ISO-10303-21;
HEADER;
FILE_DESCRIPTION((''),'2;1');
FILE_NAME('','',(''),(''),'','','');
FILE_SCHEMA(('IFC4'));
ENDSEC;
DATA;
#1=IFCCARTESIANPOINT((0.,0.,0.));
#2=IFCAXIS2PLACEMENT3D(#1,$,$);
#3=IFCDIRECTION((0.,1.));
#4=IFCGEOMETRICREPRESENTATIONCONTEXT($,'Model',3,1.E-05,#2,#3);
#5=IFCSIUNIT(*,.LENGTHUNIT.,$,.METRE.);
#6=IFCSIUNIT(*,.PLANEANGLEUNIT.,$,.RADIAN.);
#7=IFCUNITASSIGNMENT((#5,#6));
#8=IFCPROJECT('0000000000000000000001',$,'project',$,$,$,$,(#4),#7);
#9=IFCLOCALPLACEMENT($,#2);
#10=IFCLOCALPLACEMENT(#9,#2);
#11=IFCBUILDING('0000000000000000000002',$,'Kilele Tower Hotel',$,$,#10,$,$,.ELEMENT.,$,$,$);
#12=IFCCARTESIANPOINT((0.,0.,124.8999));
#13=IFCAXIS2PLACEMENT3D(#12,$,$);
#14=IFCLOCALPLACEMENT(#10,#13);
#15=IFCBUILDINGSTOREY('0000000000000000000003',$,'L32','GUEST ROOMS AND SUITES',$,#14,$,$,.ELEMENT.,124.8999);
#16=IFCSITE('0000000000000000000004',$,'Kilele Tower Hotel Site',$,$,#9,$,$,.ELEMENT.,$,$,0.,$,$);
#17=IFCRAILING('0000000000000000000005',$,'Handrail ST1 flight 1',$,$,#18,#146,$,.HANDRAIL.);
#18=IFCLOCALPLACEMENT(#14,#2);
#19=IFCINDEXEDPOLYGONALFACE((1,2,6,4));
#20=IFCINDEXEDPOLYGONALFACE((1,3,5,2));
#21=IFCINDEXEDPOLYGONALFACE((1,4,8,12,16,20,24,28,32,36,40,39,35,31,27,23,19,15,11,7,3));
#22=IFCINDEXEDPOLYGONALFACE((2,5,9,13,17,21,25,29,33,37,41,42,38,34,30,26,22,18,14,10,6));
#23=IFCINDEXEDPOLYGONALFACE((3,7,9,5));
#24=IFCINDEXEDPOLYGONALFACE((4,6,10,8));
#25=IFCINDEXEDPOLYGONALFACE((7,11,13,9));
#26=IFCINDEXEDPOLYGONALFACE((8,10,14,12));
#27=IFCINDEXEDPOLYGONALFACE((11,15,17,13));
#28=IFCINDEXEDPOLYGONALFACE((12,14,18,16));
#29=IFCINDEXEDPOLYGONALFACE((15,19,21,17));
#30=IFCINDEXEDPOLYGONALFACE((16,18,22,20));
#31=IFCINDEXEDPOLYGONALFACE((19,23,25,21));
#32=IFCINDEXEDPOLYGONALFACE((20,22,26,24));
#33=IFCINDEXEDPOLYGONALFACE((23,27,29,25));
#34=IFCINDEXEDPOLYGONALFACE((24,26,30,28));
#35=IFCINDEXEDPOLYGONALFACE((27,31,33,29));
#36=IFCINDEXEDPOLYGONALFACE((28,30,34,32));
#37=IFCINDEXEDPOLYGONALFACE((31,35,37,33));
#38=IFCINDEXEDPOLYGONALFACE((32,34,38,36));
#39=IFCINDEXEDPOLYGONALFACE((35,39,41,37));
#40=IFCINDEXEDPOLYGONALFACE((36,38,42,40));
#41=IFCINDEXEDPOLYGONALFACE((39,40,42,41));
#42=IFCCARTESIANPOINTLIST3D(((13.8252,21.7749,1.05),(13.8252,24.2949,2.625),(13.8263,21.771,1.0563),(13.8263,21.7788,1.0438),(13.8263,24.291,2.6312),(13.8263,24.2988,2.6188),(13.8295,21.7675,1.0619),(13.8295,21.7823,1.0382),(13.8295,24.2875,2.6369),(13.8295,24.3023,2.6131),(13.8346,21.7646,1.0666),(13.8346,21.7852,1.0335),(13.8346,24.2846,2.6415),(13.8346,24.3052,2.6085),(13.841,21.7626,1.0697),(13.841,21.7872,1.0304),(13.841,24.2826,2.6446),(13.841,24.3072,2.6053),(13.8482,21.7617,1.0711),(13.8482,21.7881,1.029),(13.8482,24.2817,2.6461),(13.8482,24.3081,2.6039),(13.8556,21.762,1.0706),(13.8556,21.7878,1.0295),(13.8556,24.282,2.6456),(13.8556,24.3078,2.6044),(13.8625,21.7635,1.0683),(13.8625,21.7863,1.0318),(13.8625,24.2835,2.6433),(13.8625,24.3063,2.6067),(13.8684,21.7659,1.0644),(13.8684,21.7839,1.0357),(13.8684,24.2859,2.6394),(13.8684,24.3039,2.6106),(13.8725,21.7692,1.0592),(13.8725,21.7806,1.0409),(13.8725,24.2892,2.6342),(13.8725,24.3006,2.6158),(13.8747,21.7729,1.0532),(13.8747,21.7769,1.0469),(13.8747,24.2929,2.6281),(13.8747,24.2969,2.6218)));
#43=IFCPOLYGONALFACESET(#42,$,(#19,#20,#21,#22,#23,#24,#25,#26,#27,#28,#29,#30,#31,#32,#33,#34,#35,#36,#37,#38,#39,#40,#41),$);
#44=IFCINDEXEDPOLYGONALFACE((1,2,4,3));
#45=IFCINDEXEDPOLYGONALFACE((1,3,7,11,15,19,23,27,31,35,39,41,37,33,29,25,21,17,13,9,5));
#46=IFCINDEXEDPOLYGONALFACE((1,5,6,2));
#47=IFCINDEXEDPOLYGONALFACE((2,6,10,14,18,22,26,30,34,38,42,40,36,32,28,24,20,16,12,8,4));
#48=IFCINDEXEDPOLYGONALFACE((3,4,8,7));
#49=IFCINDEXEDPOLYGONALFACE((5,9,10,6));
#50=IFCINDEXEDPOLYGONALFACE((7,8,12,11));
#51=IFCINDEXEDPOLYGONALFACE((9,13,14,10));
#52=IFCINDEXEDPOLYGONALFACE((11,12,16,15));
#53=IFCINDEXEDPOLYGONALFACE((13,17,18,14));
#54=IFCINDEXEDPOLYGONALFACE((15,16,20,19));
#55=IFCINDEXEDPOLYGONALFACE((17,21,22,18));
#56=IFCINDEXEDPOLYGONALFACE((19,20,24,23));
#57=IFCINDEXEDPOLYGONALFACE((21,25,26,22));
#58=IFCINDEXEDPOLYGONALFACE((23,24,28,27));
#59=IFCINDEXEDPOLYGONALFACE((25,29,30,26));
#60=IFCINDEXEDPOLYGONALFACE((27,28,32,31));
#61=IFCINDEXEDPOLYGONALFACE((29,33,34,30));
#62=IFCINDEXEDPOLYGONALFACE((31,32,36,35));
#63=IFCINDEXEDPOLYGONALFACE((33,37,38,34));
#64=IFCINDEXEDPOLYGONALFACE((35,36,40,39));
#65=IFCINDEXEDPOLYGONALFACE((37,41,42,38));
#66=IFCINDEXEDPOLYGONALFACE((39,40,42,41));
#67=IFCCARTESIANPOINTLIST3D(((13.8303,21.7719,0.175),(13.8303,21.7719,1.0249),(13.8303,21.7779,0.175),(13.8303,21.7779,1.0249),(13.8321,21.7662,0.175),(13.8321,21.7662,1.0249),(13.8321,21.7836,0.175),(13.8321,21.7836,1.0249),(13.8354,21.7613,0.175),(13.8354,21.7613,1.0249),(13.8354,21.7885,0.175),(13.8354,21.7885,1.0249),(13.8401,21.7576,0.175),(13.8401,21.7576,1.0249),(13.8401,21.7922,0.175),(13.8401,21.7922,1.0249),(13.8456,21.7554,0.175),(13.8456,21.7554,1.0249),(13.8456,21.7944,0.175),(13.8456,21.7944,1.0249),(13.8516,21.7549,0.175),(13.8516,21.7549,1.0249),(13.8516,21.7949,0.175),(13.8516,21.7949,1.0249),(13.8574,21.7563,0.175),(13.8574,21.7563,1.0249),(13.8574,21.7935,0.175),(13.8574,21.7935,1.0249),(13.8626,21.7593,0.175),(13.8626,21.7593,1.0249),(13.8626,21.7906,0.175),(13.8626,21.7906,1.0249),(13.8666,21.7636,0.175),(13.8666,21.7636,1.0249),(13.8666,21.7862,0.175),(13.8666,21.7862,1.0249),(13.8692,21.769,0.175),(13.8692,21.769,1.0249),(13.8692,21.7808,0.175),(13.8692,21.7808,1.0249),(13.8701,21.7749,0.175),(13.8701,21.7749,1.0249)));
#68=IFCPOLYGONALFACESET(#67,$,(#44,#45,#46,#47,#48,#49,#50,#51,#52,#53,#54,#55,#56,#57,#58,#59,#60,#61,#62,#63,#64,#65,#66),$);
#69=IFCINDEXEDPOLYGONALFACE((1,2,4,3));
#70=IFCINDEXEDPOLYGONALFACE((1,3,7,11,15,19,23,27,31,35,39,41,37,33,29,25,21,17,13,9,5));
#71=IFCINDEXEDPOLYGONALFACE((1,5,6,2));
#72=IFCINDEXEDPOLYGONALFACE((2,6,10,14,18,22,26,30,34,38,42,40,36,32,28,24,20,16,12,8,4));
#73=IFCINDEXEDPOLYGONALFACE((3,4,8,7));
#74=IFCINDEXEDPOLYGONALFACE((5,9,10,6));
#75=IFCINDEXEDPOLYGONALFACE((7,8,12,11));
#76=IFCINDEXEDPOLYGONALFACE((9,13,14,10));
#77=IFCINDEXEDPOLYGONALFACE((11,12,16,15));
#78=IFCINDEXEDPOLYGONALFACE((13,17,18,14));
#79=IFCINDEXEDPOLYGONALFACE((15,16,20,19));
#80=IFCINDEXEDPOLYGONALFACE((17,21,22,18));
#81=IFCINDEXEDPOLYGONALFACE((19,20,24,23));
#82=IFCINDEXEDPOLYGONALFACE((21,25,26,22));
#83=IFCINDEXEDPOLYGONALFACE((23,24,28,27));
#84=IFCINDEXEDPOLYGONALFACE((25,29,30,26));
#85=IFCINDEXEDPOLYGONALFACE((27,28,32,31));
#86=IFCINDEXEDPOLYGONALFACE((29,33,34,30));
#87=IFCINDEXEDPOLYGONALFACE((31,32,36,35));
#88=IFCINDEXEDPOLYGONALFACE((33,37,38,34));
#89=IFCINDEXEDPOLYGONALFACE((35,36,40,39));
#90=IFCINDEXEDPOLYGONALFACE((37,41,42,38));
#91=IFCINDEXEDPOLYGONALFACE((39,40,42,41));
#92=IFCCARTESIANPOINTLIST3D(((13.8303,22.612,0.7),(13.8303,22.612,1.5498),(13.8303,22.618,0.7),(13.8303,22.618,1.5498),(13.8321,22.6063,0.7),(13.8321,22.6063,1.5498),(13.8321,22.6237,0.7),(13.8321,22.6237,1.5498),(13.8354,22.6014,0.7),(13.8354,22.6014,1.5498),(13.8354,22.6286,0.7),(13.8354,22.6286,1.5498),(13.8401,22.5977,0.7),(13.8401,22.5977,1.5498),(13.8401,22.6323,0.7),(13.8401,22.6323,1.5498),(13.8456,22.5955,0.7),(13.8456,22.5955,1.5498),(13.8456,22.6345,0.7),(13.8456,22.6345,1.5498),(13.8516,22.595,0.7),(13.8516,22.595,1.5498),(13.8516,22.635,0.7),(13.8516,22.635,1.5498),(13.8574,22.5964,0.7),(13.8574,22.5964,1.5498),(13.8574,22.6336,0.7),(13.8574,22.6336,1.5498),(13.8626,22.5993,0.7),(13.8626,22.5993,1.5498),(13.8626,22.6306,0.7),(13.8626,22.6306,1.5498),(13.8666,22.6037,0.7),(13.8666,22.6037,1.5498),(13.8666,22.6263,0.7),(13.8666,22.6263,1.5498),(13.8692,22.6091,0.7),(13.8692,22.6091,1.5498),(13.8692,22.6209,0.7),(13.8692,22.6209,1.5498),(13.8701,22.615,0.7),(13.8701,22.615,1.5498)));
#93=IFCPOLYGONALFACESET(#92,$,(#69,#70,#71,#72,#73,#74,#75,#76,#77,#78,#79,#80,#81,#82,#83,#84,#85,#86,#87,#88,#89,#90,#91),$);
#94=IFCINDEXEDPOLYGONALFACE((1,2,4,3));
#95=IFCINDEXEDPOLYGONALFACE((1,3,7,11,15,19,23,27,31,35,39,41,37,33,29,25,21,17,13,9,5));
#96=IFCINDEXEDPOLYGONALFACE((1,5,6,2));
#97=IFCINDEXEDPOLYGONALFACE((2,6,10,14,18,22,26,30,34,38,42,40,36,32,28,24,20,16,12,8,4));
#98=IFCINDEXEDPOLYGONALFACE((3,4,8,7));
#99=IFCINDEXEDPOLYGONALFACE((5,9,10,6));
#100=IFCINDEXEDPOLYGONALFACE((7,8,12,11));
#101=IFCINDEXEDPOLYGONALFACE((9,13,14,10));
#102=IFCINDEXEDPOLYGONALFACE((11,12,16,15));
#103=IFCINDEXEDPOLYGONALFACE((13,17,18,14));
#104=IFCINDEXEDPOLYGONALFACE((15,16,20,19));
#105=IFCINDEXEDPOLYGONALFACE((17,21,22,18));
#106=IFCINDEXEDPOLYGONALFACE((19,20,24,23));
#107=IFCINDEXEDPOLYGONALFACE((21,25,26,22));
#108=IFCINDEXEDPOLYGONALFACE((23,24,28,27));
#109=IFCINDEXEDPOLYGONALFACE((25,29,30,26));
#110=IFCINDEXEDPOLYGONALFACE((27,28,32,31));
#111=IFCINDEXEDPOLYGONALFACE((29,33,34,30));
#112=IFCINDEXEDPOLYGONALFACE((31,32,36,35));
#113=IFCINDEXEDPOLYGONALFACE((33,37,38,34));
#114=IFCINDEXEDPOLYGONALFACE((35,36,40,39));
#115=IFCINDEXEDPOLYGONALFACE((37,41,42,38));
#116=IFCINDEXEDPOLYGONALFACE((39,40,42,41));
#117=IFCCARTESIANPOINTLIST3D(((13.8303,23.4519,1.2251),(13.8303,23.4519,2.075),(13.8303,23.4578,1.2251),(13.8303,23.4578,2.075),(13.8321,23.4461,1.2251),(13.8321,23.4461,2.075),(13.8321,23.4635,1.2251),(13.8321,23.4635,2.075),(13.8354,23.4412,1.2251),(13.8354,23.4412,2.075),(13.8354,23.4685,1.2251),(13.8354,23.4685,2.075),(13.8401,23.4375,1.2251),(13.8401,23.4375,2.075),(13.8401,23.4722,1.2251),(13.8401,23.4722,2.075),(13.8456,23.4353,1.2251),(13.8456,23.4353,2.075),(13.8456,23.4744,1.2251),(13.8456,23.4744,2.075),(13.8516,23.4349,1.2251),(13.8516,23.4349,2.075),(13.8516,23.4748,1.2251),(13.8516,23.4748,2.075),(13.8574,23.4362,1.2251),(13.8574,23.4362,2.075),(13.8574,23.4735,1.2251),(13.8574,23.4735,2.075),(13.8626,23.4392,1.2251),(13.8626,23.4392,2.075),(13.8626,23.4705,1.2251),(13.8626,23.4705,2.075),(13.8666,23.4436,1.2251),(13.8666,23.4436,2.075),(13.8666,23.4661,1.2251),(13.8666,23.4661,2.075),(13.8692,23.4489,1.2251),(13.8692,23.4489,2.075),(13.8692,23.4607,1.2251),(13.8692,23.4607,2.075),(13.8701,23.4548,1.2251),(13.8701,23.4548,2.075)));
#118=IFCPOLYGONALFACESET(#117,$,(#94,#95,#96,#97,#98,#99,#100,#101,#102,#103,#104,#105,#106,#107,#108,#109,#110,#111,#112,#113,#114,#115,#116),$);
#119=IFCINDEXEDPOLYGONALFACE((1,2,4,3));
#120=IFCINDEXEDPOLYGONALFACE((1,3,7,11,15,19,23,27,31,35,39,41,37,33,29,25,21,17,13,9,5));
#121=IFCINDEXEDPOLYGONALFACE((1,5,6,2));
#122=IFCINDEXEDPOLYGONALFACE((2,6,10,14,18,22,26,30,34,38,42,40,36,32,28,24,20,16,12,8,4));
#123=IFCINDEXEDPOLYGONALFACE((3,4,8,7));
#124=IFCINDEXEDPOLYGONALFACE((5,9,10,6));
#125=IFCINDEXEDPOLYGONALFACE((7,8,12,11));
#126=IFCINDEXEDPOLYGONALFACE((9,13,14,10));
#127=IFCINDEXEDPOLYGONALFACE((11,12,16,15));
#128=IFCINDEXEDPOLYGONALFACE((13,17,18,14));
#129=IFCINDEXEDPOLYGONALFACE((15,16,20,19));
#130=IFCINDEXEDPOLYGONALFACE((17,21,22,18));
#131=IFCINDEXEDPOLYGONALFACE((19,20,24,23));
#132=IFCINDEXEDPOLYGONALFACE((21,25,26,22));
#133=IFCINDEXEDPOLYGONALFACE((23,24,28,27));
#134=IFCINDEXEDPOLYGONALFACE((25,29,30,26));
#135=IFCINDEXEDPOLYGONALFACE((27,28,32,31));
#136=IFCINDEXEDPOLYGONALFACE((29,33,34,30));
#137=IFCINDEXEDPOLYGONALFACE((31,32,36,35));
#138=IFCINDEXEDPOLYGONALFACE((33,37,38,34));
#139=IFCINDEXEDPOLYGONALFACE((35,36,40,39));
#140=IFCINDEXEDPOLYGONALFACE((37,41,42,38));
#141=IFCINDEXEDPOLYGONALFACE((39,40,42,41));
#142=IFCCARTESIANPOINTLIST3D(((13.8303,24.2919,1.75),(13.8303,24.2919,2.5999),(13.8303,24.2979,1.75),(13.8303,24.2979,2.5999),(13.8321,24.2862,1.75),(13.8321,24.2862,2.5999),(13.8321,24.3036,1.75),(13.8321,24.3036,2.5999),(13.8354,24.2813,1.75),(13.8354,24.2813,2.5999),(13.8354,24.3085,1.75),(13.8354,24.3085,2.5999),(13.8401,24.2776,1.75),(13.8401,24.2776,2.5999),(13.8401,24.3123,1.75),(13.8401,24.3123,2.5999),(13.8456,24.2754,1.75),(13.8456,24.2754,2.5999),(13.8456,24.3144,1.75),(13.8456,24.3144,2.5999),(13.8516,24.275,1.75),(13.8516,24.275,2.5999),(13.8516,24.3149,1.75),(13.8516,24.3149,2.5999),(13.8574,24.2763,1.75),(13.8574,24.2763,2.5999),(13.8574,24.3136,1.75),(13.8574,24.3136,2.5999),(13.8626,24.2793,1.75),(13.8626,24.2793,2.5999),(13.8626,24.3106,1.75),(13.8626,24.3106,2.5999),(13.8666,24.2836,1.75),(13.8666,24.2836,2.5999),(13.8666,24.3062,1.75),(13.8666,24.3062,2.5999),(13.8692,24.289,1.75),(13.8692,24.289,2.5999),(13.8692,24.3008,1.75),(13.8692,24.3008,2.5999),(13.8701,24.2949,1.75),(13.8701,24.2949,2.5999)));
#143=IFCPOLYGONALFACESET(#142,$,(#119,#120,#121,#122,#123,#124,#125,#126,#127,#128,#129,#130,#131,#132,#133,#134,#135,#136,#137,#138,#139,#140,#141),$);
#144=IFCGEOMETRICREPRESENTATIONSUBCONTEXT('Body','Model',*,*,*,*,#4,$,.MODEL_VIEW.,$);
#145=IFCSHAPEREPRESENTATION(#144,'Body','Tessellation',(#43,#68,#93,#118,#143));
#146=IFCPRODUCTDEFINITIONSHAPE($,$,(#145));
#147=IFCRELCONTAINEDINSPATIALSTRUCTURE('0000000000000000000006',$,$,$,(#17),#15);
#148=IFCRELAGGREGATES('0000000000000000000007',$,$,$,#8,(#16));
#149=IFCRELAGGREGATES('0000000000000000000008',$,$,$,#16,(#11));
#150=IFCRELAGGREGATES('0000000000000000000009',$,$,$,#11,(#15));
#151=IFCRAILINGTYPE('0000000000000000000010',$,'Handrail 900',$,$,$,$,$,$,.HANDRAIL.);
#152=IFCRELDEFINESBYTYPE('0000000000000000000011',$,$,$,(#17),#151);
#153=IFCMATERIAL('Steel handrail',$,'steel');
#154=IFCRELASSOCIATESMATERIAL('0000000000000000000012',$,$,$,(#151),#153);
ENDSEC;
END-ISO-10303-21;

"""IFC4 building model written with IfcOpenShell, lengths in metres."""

from ifc_helpers import new_model, si_unit, direction, frame, origin, origin_2d, place, context, subcontext, project, spatial, circle, extrude, material, type_object, element, save


model = new_model("IFC4")

# Units and contexts
model_context = context("Model", 3, precision=1e-05, world=origin(), true_north=direction((0.0, 1.0)))
body_context = subcontext(model_context, "Body", "Model", "MODEL_VIEW")
ifc_project = project(units=[si_unit("LENGTHUNIT", "METRE"), si_unit("PLANEANGLEUNIT", "RADIAN")], contexts=[model_context])

# Site, building, storey
site_placement = place(None, origin())
site = spatial("IfcSite", under=ifc_project, at=site_placement, Name="Kilele Tower Hotel Site", CompositionType="ELEMENT", RefElevation=0.0)
building_placement = place(site_placement, origin())
building = spatial("IfcBuilding", under=site, at=building_placement, Name="Kilele Tower Hotel", CompositionType="ELEMENT")
storey_placement = place(building_placement, frame((0.0, 0.0, 124.8999)))
storey = spatial("IfcBuildingStorey", under=building, at=storey_placement, Name="L32", Description="GUEST ROOMS AND SUITES", CompositionType="ELEMENT", Elevation=124.8999)

# Railing
ifc_material_1 = material(Name="Steel handrail", Category="steel")
railing_type_1 = type_object("IfcRailingType", Name="Handrail 900", PredefinedType="HANDRAIL", material=ifc_material_1)
for number, where, name in (
    (1, (13.8501, 21.7749, 0.175), "Handrail ST1 flight 1"),
):
    element("IfcRailing", number, at=place(storey_placement, frame(where)), inside=storey, type_object=railing_type_1, Name=name, PredefinedType="HANDRAIL", context=body_context, shape_type="SweptSolid", body=[
        extrude(circle(Radius=0.0249, at=origin_2d()), frame((0.0, 0.0, 0.875), z_axis=(0.0, 0.848008, 0.529984), x_axis=(-1.0, 0.0, 0.0)), (0.0, 0.0, 1.0), 2.9717),
        extrude(circle(Radius=0.02, at=origin_2d()), origin(), (0.0, 0.0, 1.0), 0.8499),
        extrude(circle(Radius=0.02, at=origin_2d()), frame((0.0, 0.8401, 0.5249)), (0.0, 0.0, 1.0), 0.8499),
        extrude(circle(Radius=0.02, at=origin_2d()), frame((0.0, 1.6799, 1.05)), (0.0, 0.0, 1.0), 0.8499),
        extrude(circle(Radius=0.02, at=origin_2d()), frame((0.0, 2.52, 1.575)), (0.0, 0.0, 1.0), 0.8499),
    ])

save(model, "model.ifc")
